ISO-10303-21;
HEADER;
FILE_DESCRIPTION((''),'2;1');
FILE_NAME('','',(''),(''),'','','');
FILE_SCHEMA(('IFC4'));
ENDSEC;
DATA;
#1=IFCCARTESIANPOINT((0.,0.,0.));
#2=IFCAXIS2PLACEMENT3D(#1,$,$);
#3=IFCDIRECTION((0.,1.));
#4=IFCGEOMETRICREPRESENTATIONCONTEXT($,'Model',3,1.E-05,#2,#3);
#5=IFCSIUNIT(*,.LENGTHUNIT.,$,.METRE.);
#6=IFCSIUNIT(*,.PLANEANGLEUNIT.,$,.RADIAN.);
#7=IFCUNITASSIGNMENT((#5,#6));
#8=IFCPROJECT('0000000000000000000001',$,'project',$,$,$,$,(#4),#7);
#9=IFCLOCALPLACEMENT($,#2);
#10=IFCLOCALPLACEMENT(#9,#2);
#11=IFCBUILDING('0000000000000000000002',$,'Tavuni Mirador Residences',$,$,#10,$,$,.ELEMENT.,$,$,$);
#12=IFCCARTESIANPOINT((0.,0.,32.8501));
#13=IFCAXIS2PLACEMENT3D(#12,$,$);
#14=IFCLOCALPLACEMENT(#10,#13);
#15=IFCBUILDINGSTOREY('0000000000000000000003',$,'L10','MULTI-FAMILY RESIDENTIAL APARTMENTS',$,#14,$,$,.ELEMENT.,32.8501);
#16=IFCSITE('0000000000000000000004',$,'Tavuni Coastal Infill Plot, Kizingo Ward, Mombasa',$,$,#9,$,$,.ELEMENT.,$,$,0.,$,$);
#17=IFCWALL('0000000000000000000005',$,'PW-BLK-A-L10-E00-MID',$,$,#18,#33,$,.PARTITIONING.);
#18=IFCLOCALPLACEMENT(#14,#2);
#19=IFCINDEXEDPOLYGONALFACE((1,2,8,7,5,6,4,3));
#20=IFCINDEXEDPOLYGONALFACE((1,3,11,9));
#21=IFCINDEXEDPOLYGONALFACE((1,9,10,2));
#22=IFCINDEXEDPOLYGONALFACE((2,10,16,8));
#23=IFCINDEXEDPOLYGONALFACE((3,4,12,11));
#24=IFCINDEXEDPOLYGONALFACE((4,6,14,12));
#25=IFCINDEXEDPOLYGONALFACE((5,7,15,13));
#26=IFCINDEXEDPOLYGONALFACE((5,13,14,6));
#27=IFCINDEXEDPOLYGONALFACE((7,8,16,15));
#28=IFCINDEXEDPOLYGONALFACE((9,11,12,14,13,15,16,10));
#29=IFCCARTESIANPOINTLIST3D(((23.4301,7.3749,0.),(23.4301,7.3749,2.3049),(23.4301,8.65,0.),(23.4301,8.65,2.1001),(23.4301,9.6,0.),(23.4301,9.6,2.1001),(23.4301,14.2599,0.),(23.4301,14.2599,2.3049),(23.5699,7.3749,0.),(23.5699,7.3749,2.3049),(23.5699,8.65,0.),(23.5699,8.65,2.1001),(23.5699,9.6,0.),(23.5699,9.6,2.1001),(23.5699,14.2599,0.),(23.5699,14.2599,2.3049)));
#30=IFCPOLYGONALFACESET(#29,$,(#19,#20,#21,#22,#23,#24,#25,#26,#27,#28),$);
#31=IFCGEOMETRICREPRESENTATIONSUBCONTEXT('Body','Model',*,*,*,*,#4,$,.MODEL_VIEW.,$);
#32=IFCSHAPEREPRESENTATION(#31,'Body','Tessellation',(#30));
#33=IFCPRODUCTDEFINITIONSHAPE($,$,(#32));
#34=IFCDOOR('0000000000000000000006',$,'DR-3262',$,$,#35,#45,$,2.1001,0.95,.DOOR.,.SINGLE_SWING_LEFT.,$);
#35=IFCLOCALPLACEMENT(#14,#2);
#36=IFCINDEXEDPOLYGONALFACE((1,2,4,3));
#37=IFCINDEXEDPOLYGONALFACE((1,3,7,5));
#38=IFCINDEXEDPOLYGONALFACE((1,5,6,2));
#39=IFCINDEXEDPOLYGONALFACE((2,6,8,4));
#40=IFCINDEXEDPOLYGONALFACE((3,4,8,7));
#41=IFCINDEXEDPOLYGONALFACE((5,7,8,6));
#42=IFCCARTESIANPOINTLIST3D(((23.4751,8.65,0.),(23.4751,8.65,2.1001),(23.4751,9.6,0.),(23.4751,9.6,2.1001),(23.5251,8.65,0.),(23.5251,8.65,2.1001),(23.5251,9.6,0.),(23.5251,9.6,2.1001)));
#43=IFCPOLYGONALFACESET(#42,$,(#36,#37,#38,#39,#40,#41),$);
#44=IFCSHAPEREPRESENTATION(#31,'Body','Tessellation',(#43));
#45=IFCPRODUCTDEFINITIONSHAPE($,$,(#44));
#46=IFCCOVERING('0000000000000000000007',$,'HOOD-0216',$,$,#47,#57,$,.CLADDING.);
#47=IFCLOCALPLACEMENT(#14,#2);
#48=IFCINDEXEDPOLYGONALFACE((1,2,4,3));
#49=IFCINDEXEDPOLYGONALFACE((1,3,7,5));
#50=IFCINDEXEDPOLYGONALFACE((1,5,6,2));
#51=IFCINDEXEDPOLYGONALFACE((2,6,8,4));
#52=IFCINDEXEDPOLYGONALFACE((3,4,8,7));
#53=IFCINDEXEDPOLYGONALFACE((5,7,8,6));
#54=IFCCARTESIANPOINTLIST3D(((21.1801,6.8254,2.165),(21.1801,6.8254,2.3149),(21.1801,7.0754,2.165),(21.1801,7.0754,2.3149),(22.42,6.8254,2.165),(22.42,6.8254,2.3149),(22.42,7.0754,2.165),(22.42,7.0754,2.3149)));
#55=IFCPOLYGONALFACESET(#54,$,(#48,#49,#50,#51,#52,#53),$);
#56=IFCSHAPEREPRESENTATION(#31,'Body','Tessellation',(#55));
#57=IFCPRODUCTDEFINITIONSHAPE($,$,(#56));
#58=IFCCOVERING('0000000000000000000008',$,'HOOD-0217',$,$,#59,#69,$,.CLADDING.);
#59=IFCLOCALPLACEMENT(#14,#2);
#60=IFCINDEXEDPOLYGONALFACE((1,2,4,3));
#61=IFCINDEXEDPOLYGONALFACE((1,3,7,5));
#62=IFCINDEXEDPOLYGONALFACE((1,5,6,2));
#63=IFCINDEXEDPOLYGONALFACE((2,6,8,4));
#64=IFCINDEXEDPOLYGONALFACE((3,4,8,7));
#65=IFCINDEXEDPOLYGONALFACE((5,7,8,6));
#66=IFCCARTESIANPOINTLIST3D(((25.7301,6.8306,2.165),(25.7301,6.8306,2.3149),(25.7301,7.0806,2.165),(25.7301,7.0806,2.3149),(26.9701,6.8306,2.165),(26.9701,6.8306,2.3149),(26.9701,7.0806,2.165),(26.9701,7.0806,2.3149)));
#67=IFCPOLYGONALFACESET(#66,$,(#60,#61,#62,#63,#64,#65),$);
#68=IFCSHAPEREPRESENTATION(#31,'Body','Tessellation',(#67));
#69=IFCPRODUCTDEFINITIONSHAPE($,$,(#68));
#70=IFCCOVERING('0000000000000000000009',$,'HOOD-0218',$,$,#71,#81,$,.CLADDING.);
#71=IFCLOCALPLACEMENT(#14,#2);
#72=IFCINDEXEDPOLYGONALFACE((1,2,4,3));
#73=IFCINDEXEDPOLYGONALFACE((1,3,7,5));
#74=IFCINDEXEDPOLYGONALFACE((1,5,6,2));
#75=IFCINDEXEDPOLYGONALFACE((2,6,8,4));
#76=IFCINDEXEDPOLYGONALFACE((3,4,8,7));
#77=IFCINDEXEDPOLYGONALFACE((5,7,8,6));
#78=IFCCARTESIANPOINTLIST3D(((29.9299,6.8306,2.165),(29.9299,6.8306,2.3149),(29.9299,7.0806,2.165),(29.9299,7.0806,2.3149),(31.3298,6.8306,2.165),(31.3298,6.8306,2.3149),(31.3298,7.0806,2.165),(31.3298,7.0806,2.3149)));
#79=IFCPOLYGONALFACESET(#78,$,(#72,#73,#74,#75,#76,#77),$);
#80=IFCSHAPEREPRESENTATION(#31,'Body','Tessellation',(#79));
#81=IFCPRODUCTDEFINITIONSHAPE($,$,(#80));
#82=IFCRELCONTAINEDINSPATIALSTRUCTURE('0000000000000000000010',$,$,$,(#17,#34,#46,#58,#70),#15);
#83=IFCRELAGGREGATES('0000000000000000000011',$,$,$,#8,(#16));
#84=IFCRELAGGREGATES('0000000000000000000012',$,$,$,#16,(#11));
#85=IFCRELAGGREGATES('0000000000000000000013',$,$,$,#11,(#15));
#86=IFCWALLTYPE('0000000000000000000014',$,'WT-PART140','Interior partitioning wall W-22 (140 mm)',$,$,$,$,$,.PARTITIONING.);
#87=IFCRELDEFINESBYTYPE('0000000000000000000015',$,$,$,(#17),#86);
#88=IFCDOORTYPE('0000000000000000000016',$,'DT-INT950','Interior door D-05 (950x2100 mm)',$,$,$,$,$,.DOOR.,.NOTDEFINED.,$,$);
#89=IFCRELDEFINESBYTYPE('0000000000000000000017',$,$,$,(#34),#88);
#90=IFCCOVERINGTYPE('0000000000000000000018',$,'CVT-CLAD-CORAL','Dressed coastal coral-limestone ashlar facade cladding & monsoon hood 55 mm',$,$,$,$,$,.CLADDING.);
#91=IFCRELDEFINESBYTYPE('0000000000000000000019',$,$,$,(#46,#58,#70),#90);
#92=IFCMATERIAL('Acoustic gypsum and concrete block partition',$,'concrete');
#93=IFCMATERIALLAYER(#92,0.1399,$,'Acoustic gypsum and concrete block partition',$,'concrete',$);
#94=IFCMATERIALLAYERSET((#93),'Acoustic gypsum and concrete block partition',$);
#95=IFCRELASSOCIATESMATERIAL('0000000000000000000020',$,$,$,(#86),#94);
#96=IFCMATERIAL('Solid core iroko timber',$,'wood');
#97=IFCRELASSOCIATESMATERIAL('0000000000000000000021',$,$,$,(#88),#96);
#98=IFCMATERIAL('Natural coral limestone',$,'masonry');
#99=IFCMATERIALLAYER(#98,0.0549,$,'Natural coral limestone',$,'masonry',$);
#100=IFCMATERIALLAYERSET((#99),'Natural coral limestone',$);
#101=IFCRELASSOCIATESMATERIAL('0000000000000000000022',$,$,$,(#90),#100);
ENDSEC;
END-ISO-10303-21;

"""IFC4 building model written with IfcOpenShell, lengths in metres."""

from ifc_helpers import new_model, si_unit, direction, frame, frame_2d, origin, origin_2d, place, context, subcontext, project, spatial, rectangle, extrude, material, layer, layer_set, type_object, element, fill, save


model = new_model("IFC4")

# Units and contexts
model_context = context("Model", 3, precision=1e-05, world=origin(), true_north=direction((0.0, 1.0)))
body_context = subcontext(model_context, "Body", "Model", "MODEL_VIEW")
ifc_project = project(units=[si_unit("LENGTHUNIT", "METRE"), si_unit("PLANEANGLEUNIT", "RADIAN")], contexts=[model_context])

# Site, building, storey
site_placement = place(None, origin())
site = spatial("IfcSite", under=ifc_project, at=site_placement, Name="Tavuni Coastal Infill Plot, Kizingo Ward, Mombasa", CompositionType="ELEMENT", RefElevation=0.0)
building_placement = place(site_placement, origin())
building = spatial("IfcBuilding", under=site, at=building_placement, Name="Tavuni Mirador Residences", CompositionType="ELEMENT")
storey_placement = place(building_placement, frame((0.0, 0.0, 32.8501)))
storey = spatial("IfcBuildingStorey", under=building, at=storey_placement, Name="L10", Description="MULTI-FAMILY RESIDENTIAL APARTMENTS", CompositionType="ELEMENT", Elevation=32.8501)

# Wall, opening, door
ifc_material_1 = material(Name="Acoustic gypsum and concrete block partition", Category="concrete")
ifc_material_2 = material(Name="Solid core iroko timber", Category="wood")
ifc_layer_1 = layer(ifc_material_1, 0.1399, Name="Acoustic gypsum and concrete block partition", Category="concrete")
ifc_layer_set_1 = layer_set([ifc_layer_1], Name="Acoustic gypsum and concrete block partition")
wall_type_1 = type_object("IfcWallType", Name="WT-PART140", Description="Interior partitioning wall W-22 (140 mm)", PredefinedType="PARTITIONING", material=ifc_layer_set_1)
wall_1_placement = place(storey_placement, frame((23.5, 7.375, 0.0), z_axis=(0.0, 0.0, 1.0), x_axis=(0.0, 1.0, 0.0)))
wall_1 = element("IfcWall", 1, at=wall_1_placement, inside=storey, type_object=wall_type_1, Name="PW-BLK-A-L10-E00-MID", PredefinedType="PARTITIONING", context=body_context, shape_type="SweptSolid", body=[
    extrude(rectangle(XDim=6.885, YDim=0.1399, at=frame_2d((3.4424, 0.0))), origin(), (0.0, 0.0, 1.0), 2.3049),
])
opening_1_placement = place(wall_1_placement, frame((1.2749, 0.0, 0.0)))
opening_1 = element("IfcOpeningElement", 2, at=opening_1_placement, cuts=wall_1, PredefinedType="OPENING", context=body_context, shape_type="SweptSolid", body=[
    extrude(rectangle(XDim=0.95, YDim=2.1001, at=frame_2d((0.4751, 1.05))), frame((0.0, 0.0801, 0.0), z_axis=(0.0, -1.0, 0.0), x_axis=(1.0, 0.0, 0.0)), (0.0, 0.0, 1.0), 0.1599),
])
door_type_1 = type_object("IfcDoorType", Name="DT-INT950", Description="Interior door D-05 (950x2100 mm)", OperationType="NOTDEFINED", PredefinedType="DOOR", material=ifc_material_2)
door_1_placement = place(opening_1_placement, origin())
door_1 = element("IfcDoor", 3, at=door_1_placement, inside=storey, type_object=door_type_1, Name="DR-3262", OperationType="SINGLE_SWING_LEFT", OverallHeight=2.1001, OverallWidth=0.95, PredefinedType="DOOR", context=body_context, shape_type="SweptSolid", body=[
    extrude(rectangle(XDim=0.95, YDim=2.1001, at=frame_2d((0.4751, 1.05))), frame((0.0, 0.0249, 0.0), z_axis=(0.0, -1.0, 0.0), x_axis=(1.0, 0.0, 0.0)), (0.0, 0.0, 1.0), 0.05),
])
fill(opening_1, door_1)

# Coverings
ifc_material_3 = material(Name="Natural coral limestone", Category="masonry")
ifc_layer_2 = layer(ifc_material_3, 0.0549, Name="Natural coral limestone", Category="masonry")
ifc_layer_set_2 = layer_set([ifc_layer_2], Name="Natural coral limestone")
covering_type = type_object("IfcCoveringType", Name="CVT-CLAD-CORAL", Description="Dressed coastal coral-limestone ashlar facade cladding & monsoon hood 55 mm", PredefinedType="CLADDING", material=ifc_layer_set_2)
for number, where, z_axis, x_axis, name in (
    (4, (21.8, 6.9504, 2.165), (0.0, 0.0, 1.0), (1.0, 0.0, 0.0), "HOOD-0216"),
    (5, (26.3501, 6.9556, 2.165), (0.0, 0.0, 1.0), (1.0, 0.0, 0.0), "HOOD-0217"),
):
    element("IfcCovering", number, at=place(storey_placement, frame(where, z_axis=z_axis, x_axis=x_axis)), inside=storey, type_object=covering_type, Name=name, PredefinedType="CLADDING", context=body_context, shape_type="SweptSolid", body=[
        extrude(rectangle(XDim=1.24, YDim=0.25, at=origin_2d()), origin(), (0.0, 0.0, 1.0), 0.1499),
    ])
covering_placement = place(storey_placement, frame((30.6299, 6.9556, 2.165), z_axis=(0.0, 0.0, 1.0), x_axis=(1.0, 0.0, 0.0)))
element("IfcCovering", 6, at=covering_placement, inside=storey, type_object=covering_type, Name="HOOD-0218", PredefinedType="CLADDING", context=body_context, shape_type="SweptSolid", body=[
    extrude(rectangle(XDim=1.3999, YDim=0.25, at=origin_2d()), origin(), (0.0, 0.0, 1.0), 0.1499),
])

save(model, "model.ifc")
